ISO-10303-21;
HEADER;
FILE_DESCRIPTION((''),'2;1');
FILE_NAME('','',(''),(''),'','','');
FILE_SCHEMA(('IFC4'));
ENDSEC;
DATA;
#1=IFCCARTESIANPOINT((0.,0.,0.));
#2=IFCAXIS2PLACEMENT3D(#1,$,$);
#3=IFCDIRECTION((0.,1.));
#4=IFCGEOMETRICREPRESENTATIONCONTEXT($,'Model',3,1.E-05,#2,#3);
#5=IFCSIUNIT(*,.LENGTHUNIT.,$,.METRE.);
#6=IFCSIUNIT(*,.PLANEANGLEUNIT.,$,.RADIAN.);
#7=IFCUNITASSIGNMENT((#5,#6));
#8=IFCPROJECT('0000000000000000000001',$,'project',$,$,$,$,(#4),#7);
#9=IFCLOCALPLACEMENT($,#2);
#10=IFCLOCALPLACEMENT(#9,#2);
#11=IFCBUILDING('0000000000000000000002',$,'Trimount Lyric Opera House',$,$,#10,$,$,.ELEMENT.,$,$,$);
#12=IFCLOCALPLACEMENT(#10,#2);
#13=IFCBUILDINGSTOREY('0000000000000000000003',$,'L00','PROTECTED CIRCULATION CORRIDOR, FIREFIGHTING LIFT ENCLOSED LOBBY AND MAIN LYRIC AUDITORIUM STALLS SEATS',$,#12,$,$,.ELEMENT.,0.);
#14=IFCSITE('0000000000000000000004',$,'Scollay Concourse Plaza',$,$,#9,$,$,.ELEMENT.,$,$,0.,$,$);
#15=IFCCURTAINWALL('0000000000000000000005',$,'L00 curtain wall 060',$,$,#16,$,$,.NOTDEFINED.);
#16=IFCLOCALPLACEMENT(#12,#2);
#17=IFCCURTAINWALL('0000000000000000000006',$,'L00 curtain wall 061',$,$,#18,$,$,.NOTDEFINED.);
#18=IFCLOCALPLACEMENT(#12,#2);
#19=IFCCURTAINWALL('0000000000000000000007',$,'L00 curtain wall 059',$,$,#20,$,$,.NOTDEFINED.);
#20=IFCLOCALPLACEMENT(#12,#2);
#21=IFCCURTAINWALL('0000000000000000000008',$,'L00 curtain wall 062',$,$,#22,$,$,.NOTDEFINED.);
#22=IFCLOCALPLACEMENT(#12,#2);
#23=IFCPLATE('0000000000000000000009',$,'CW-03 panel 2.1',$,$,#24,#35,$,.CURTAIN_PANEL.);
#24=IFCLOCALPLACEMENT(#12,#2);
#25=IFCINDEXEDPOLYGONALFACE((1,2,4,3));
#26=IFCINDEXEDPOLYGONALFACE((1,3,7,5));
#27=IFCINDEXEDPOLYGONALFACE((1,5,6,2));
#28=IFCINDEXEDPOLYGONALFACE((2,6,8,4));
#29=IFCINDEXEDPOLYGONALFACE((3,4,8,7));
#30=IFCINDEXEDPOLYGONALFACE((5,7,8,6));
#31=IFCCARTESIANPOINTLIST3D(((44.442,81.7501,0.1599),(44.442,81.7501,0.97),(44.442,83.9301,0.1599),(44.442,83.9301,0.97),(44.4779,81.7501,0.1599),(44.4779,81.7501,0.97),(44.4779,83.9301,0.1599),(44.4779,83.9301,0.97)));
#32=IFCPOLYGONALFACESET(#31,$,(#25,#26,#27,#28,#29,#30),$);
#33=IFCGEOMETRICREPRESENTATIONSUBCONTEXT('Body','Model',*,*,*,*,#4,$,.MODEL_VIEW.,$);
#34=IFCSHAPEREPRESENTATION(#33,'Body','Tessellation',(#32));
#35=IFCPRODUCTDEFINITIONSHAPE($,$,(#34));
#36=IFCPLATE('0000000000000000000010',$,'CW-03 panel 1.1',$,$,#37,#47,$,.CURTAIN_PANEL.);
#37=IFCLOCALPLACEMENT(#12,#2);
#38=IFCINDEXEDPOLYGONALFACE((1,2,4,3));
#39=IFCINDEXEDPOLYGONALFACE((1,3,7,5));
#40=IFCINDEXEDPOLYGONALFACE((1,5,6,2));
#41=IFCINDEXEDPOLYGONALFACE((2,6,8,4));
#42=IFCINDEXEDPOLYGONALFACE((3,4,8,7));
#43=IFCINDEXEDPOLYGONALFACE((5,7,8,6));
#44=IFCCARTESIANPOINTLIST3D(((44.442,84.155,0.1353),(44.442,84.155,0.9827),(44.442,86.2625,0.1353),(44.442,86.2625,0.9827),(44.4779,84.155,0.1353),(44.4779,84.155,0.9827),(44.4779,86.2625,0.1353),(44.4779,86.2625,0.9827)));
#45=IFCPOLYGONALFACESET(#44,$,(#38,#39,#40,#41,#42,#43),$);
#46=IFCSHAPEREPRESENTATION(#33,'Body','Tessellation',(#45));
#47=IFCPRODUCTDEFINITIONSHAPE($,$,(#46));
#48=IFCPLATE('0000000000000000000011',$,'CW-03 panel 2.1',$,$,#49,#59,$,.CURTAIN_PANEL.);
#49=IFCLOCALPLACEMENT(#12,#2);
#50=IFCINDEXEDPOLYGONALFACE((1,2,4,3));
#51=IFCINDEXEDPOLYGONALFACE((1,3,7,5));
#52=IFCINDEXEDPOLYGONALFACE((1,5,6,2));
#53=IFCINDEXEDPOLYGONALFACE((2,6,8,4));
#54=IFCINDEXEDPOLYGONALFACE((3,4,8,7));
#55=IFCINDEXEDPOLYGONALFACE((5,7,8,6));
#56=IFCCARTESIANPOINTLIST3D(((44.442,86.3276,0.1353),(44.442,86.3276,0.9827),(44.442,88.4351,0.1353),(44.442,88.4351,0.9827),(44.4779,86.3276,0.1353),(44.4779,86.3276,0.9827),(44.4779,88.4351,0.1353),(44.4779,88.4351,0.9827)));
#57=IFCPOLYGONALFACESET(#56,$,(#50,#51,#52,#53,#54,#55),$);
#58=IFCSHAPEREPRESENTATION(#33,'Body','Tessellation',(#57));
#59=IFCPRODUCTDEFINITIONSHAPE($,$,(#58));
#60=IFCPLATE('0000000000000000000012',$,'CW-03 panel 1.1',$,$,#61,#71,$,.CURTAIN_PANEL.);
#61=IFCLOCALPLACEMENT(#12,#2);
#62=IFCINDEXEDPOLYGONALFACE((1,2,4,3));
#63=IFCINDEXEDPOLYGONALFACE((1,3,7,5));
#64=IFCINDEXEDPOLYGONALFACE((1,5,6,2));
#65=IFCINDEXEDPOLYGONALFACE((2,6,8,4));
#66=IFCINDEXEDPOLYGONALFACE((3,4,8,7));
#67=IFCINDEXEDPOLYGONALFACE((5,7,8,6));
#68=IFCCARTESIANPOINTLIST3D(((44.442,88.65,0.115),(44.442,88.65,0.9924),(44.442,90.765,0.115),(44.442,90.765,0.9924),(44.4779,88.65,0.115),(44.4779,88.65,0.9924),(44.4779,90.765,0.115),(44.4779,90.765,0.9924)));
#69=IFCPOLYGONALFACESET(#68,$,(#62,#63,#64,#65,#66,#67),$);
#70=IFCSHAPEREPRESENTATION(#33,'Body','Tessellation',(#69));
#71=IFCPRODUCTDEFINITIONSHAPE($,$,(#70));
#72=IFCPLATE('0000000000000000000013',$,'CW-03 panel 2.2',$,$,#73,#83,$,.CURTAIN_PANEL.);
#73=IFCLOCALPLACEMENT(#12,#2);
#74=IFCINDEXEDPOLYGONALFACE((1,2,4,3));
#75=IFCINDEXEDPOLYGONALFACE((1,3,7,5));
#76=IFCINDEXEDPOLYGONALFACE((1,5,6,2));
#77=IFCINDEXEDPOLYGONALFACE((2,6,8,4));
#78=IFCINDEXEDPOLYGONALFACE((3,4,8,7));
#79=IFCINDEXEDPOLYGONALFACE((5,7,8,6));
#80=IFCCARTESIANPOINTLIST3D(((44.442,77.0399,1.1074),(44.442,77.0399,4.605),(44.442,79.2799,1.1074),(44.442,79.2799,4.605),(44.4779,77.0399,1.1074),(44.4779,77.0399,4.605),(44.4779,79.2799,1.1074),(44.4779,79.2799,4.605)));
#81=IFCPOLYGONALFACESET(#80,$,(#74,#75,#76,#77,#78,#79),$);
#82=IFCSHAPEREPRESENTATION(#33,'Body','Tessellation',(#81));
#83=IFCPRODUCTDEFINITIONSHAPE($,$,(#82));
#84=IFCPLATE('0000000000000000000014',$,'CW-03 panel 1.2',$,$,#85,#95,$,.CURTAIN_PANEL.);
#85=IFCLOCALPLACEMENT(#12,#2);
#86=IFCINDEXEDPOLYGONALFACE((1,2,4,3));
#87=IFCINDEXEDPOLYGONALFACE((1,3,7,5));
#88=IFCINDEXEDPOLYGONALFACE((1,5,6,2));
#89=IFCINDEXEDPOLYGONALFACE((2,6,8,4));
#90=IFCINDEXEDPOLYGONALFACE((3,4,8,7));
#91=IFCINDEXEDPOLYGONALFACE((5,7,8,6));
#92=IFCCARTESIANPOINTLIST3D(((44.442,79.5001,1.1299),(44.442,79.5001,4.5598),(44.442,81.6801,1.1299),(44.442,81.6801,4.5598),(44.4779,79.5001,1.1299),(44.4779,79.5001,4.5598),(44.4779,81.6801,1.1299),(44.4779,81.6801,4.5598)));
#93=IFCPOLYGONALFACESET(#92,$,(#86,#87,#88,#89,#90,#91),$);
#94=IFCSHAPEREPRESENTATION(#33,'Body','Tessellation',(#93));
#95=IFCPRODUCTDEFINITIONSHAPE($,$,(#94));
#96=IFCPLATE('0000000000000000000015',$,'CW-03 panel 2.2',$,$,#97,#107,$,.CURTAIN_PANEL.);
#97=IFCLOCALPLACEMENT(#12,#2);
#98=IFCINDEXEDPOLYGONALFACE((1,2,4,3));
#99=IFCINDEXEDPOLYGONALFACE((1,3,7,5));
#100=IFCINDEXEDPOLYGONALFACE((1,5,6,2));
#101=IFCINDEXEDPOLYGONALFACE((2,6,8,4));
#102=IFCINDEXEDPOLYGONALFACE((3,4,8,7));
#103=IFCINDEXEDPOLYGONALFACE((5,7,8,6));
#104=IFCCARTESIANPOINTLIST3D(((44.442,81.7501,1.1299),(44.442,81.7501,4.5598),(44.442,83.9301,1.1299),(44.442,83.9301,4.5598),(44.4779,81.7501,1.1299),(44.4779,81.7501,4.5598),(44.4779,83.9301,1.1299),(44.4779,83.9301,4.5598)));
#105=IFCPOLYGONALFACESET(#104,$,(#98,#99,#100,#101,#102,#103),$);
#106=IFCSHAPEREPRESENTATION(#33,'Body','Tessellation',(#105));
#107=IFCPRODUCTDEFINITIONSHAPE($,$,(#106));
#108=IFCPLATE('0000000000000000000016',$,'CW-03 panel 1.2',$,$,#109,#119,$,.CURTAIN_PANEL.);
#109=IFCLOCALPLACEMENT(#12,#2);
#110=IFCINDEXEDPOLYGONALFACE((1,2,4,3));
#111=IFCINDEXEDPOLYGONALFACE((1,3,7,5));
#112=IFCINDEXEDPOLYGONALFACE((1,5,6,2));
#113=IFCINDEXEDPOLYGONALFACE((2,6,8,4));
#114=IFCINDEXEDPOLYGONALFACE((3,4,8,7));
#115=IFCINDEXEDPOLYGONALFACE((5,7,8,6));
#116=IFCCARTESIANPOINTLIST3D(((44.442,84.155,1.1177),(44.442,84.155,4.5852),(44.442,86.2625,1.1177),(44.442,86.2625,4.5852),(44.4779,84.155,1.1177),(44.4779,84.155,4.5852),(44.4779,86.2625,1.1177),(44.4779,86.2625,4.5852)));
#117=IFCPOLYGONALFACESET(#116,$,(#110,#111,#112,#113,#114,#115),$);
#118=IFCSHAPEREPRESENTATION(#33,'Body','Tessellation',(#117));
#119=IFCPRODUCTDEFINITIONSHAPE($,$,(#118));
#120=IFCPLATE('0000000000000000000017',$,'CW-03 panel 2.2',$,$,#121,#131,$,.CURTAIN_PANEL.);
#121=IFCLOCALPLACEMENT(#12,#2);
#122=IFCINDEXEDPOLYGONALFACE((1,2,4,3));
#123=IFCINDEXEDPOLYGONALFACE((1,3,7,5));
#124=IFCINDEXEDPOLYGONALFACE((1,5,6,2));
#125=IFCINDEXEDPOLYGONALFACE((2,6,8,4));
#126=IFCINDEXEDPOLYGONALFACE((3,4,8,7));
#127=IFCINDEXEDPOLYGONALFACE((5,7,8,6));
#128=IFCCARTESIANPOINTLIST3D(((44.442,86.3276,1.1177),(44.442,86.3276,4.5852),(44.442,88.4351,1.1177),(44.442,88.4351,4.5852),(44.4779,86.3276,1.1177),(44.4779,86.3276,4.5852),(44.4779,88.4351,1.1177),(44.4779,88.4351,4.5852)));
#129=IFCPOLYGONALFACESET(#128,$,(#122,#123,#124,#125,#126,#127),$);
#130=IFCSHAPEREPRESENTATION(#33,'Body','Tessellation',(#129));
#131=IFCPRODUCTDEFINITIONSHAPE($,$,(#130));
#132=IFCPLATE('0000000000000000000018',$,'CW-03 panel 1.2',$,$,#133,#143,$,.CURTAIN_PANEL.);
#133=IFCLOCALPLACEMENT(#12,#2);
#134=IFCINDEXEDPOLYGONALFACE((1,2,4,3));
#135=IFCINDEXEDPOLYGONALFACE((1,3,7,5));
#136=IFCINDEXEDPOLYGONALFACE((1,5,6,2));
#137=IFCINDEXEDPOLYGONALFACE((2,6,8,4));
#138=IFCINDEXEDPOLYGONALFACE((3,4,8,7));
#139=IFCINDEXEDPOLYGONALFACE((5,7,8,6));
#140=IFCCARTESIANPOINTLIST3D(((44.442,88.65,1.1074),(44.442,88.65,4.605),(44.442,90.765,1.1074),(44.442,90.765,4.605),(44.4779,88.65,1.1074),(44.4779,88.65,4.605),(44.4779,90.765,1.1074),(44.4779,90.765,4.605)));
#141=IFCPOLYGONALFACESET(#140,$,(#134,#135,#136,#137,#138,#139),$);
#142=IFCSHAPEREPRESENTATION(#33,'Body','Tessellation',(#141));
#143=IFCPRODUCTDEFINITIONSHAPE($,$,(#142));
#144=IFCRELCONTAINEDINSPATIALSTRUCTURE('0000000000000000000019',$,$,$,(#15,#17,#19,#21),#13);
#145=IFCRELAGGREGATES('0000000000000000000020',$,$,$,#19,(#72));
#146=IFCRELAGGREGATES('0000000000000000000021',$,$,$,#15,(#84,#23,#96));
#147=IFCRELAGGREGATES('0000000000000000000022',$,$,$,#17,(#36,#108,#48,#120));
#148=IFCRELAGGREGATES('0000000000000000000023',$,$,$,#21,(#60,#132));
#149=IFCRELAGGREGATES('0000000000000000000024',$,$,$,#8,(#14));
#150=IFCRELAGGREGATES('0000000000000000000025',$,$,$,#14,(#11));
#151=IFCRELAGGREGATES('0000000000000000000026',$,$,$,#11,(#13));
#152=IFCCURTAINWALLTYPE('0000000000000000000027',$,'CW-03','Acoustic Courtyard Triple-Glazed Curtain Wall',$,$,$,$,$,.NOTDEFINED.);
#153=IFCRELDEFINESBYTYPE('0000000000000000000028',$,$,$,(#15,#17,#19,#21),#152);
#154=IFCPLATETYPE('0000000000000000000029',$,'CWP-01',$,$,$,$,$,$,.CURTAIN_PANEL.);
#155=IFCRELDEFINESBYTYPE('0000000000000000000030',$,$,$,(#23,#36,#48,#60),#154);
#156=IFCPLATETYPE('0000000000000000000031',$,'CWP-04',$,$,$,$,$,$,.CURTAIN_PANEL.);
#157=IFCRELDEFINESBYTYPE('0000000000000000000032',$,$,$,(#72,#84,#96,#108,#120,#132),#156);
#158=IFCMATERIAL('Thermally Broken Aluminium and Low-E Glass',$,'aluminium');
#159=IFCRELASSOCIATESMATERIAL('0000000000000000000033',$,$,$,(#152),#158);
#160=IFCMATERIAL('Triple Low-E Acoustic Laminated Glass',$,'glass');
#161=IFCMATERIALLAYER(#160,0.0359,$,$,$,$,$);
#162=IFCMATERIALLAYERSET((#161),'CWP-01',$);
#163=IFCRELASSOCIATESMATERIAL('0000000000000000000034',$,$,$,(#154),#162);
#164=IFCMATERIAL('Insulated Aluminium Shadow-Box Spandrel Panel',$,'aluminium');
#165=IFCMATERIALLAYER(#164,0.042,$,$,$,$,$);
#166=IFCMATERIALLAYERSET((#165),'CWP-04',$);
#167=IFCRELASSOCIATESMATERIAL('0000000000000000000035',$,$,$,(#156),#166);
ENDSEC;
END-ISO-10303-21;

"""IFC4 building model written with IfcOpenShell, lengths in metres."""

from ifc_helpers import new_model, si_unit, direction, frame, origin, origin_2d, place, context, subcontext, project, spatial, rectangle, extrude, material, layer, layer_set, type_object, element, aggregate, save


model = new_model("IFC4")

# Units and contexts
model_context = context("Model", 3, precision=1e-05, world=origin(), true_north=direction((0.0, 1.0)))
body_context = subcontext(model_context, "Body", "Model", "MODEL_VIEW")
ifc_project = project(units=[si_unit("LENGTHUNIT", "METRE"), si_unit("PLANEANGLEUNIT", "RADIAN")], contexts=[model_context])

# Site, building, storey
site_placement = place(None, origin())
site = spatial("IfcSite", under=ifc_project, at=site_placement, Name="Scollay Concourse Plaza", CompositionType="ELEMENT", RefElevation=0.0)
building_placement = place(site_placement, origin())
building = spatial("IfcBuilding", under=site, at=building_placement, Name="Trimount Lyric Opera House", CompositionType="ELEMENT")
storey_placement = place(building_placement, origin())
storey = spatial("IfcBuildingStorey", under=building, at=storey_placement, Name="L00", Description="PROTECTED CIRCULATION CORRIDOR, FIREFIGHTING LIFT ENCLOSED LOBBY AND MAIN LYRIC AUDITORIUM STALLS SEATS", CompositionType="ELEMENT", Elevation=0.0)

# Curtain walls
ifc_material_1 = material(Name="Thermally Broken Aluminium and Low-E Glass", Category="aluminium")
curtain_wall_type = type_object("IfcCurtainWallType", Name="CW-03", Description="Acoustic Courtyard Triple-Glazed Curtain Wall", PredefinedType="NOTDEFINED", material=ifc_material_1)
curtain_wall_1_placement = place(storey_placement, origin())
curtain_wall_1 = element("IfcCurtainWall", 1, at=curtain_wall_1_placement, inside=storey, type_object=curtain_wall_type, Name="L00 curtain wall 060", PredefinedType="NOTDEFINED")
curtain_wall_2_placement = place(storey_placement, origin())
curtain_wall_2 = element("IfcCurtainWall", 2, at=curtain_wall_2_placement, inside=storey, type_object=curtain_wall_type, Name="L00 curtain wall 061", PredefinedType="NOTDEFINED")

# Curtain wall
curtain_wall_3_placement = place(storey_placement, origin())
curtain_wall_3 = element("IfcCurtainWall", 3, at=curtain_wall_3_placement, inside=storey, type_object=curtain_wall_type, Name="L00 curtain wall 059", PredefinedType="NOTDEFINED")

# Curtain wall
curtain_wall_4_placement = place(storey_placement, origin())
curtain_wall_4 = element("IfcCurtainWall", 4, at=curtain_wall_4_placement, inside=storey, type_object=curtain_wall_type, Name="L00 curtain wall 062", PredefinedType="NOTDEFINED")

# Plates
ifc_material_2 = material(Name="Triple Low-E Acoustic Laminated Glass", Category="glass")
ifc_layer_1 = layer(ifc_material_2, 0.0359)
ifc_layer_set_1 = layer_set([ifc_layer_1], Name="CWP-01")
plate_type_1 = type_object("IfcPlateType", Name="CWP-01", PredefinedType="CURTAIN_PANEL", material=ifc_layer_set_1)
plate_1_placement = place(storey_placement, frame((44.46, 82.8401, 0.1599), z_axis=(0.0, 0.0, 1.0), x_axis=(0.0, 1.0, 0.0)))
plate_1 = element("IfcPlate", 5, at=plate_1_placement, type_object=plate_type_1, Name="CW-03 panel 2.1", PredefinedType="CURTAIN_PANEL", context=body_context, shape_type="SweptSolid", body=[
    extrude(rectangle(XDim=2.1799, YDim=0.0359, at=origin_2d()), origin(), (0.0, 0.0, 1.0), 0.8101),
])
plate_2_placement = place(storey_placement, frame((44.46, 85.2087, 0.1353), z_axis=(0.0, 0.0, 1.0), x_axis=(0.0, 1.0, 0.0)))
plate_2 = element("IfcPlate", 6, at=plate_2_placement, type_object=plate_type_1, Name="CW-03 panel 1.1", PredefinedType="CURTAIN_PANEL", context=body_context, shape_type="SweptSolid", body=[
    extrude(rectangle(XDim=2.1074, YDim=0.0359, at=origin_2d()), origin(), (0.0, 0.0, 1.0), 0.8474),
])
plate_3_placement = place(storey_placement, frame((44.46, 87.3813, 0.1353), z_axis=(0.0, 0.0, 1.0), x_axis=(0.0, 1.0, 0.0)))
plate_3 = element("IfcPlate", 7, at=plate_3_placement, type_object=plate_type_1, Name="CW-03 panel 2.1", PredefinedType="CURTAIN_PANEL", context=body_context, shape_type="SweptSolid", body=[
    extrude(rectangle(XDim=2.1074, YDim=0.0359, at=origin_2d()), origin(), (0.0, 0.0, 1.0), 0.8474),
])
plate_4_placement = place(storey_placement, frame((44.46, 89.7075, 0.115), z_axis=(0.0, 0.0, 1.0), x_axis=(0.0, 1.0, 0.0)))
plate_4 = element("IfcPlate", 8, at=plate_4_placement, type_object=plate_type_1, Name="CW-03 panel 1.1", PredefinedType="CURTAIN_PANEL", context=body_context, shape_type="SweptSolid", body=[
    extrude(rectangle(XDim=2.115, YDim=0.0359, at=origin_2d()), origin(), (0.0, 0.0, 1.0), 0.8774),
])
ifc_material_3 = material(Name="Insulated Aluminium Shadow-Box Spandrel Panel", Category="aluminium")
ifc_layer_2 = layer(ifc_material_3, 0.042)
ifc_layer_set_2 = layer_set([ifc_layer_2], Name="CWP-04")
plate_type_2 = type_object("IfcPlateType", Name="CWP-04", PredefinedType="CURTAIN_PANEL", material=ifc_layer_set_2)
plate_5_placement = place(storey_placement, frame((44.46, 78.1599, 1.1074), z_axis=(0.0, 0.0, 1.0), x_axis=(0.0, 1.0, 0.0)))
plate_5 = element("IfcPlate", 9, at=plate_5_placement, type_object=plate_type_2, Name="CW-03 panel 2.2", PredefinedType="CURTAIN_PANEL", context=body_context, shape_type="SweptSolid", body=[
    extrude(rectangle(XDim=2.24, YDim=0.0359, at=origin_2d()), origin(), (0.0, 0.0, 1.0), 3.4976),
])
aggregate(curtain_wall_3, [plate_5])
plate_6_placement = place(storey_placement, frame((44.46, 80.5901, 1.1299), z_axis=(0.0, 0.0, 1.0), x_axis=(0.0, 1.0, 0.0)))
plate_6 = element("IfcPlate", 10, at=plate_6_placement, type_object=plate_type_2, Name="CW-03 panel 1.2", PredefinedType="CURTAIN_PANEL", context=body_context, shape_type="SweptSolid", body=[
    extrude(rectangle(XDim=2.1799, YDim=0.0359, at=origin_2d()), origin(), (0.0, 0.0, 1.0), 3.4299),
])
plate_7_placement = place(storey_placement, frame((44.46, 82.8401, 1.1299), z_axis=(0.0, 0.0, 1.0), x_axis=(0.0, 1.0, 0.0)))
plate_7 = element("IfcPlate", 11, at=plate_7_placement, type_object=plate_type_2, Name="CW-03 panel 2.2", PredefinedType="CURTAIN_PANEL", context=body_context, shape_type="SweptSolid", body=[
    extrude(rectangle(XDim=2.1799, YDim=0.0359, at=origin_2d()), origin(), (0.0, 0.0, 1.0), 3.4299),
])
aggregate(curtain_wall_1, [plate_6, plate_1, plate_7])
plate_8_placement = place(storey_placement, frame((44.46, 85.2087, 1.1177), z_axis=(0.0, 0.0, 1.0), x_axis=(0.0, 1.0, 0.0)))
plate_8 = element("IfcPlate", 12, at=plate_8_placement, type_object=plate_type_2, Name="CW-03 panel 1.2", PredefinedType="CURTAIN_PANEL", context=body_context, shape_type="SweptSolid", body=[
    extrude(rectangle(XDim=2.1074, YDim=0.0359, at=origin_2d()), origin(), (0.0, 0.0, 1.0), 3.4675),
])
plate_9_placement = place(storey_placement, frame((44.46, 87.3813, 1.1177), z_axis=(0.0, 0.0, 1.0), x_axis=(0.0, 1.0, 0.0)))
plate_9 = element("IfcPlate", 13, at=plate_9_placement, type_object=plate_type_2, Name="CW-03 panel 2.2", PredefinedType="CURTAIN_PANEL", context=body_context, shape_type="SweptSolid", body=[
    extrude(rectangle(XDim=2.1074, YDim=0.0359, at=origin_2d()), origin(), (0.0, 0.0, 1.0), 3.4675),
])
aggregate(curtain_wall_2, [plate_2, plate_8, plate_3, plate_9])
plate_10_placement = place(storey_placement, frame((44.46, 89.7075, 1.1074), z_axis=(0.0, 0.0, 1.0), x_axis=(0.0, 1.0, 0.0)))
plate_10 = element("IfcPlate", 14, at=plate_10_placement, type_object=plate_type_2, Name="CW-03 panel 1.2", PredefinedType="CURTAIN_PANEL", context=body_context, shape_type="SweptSolid", body=[
    extrude(rectangle(XDim=2.115, YDim=0.0359, at=origin_2d()), origin(), (0.0, 0.0, 1.0), 3.4976),
])
aggregate(curtain_wall_4, [plate_4, plate_10])

save(model, "model.ifc")
